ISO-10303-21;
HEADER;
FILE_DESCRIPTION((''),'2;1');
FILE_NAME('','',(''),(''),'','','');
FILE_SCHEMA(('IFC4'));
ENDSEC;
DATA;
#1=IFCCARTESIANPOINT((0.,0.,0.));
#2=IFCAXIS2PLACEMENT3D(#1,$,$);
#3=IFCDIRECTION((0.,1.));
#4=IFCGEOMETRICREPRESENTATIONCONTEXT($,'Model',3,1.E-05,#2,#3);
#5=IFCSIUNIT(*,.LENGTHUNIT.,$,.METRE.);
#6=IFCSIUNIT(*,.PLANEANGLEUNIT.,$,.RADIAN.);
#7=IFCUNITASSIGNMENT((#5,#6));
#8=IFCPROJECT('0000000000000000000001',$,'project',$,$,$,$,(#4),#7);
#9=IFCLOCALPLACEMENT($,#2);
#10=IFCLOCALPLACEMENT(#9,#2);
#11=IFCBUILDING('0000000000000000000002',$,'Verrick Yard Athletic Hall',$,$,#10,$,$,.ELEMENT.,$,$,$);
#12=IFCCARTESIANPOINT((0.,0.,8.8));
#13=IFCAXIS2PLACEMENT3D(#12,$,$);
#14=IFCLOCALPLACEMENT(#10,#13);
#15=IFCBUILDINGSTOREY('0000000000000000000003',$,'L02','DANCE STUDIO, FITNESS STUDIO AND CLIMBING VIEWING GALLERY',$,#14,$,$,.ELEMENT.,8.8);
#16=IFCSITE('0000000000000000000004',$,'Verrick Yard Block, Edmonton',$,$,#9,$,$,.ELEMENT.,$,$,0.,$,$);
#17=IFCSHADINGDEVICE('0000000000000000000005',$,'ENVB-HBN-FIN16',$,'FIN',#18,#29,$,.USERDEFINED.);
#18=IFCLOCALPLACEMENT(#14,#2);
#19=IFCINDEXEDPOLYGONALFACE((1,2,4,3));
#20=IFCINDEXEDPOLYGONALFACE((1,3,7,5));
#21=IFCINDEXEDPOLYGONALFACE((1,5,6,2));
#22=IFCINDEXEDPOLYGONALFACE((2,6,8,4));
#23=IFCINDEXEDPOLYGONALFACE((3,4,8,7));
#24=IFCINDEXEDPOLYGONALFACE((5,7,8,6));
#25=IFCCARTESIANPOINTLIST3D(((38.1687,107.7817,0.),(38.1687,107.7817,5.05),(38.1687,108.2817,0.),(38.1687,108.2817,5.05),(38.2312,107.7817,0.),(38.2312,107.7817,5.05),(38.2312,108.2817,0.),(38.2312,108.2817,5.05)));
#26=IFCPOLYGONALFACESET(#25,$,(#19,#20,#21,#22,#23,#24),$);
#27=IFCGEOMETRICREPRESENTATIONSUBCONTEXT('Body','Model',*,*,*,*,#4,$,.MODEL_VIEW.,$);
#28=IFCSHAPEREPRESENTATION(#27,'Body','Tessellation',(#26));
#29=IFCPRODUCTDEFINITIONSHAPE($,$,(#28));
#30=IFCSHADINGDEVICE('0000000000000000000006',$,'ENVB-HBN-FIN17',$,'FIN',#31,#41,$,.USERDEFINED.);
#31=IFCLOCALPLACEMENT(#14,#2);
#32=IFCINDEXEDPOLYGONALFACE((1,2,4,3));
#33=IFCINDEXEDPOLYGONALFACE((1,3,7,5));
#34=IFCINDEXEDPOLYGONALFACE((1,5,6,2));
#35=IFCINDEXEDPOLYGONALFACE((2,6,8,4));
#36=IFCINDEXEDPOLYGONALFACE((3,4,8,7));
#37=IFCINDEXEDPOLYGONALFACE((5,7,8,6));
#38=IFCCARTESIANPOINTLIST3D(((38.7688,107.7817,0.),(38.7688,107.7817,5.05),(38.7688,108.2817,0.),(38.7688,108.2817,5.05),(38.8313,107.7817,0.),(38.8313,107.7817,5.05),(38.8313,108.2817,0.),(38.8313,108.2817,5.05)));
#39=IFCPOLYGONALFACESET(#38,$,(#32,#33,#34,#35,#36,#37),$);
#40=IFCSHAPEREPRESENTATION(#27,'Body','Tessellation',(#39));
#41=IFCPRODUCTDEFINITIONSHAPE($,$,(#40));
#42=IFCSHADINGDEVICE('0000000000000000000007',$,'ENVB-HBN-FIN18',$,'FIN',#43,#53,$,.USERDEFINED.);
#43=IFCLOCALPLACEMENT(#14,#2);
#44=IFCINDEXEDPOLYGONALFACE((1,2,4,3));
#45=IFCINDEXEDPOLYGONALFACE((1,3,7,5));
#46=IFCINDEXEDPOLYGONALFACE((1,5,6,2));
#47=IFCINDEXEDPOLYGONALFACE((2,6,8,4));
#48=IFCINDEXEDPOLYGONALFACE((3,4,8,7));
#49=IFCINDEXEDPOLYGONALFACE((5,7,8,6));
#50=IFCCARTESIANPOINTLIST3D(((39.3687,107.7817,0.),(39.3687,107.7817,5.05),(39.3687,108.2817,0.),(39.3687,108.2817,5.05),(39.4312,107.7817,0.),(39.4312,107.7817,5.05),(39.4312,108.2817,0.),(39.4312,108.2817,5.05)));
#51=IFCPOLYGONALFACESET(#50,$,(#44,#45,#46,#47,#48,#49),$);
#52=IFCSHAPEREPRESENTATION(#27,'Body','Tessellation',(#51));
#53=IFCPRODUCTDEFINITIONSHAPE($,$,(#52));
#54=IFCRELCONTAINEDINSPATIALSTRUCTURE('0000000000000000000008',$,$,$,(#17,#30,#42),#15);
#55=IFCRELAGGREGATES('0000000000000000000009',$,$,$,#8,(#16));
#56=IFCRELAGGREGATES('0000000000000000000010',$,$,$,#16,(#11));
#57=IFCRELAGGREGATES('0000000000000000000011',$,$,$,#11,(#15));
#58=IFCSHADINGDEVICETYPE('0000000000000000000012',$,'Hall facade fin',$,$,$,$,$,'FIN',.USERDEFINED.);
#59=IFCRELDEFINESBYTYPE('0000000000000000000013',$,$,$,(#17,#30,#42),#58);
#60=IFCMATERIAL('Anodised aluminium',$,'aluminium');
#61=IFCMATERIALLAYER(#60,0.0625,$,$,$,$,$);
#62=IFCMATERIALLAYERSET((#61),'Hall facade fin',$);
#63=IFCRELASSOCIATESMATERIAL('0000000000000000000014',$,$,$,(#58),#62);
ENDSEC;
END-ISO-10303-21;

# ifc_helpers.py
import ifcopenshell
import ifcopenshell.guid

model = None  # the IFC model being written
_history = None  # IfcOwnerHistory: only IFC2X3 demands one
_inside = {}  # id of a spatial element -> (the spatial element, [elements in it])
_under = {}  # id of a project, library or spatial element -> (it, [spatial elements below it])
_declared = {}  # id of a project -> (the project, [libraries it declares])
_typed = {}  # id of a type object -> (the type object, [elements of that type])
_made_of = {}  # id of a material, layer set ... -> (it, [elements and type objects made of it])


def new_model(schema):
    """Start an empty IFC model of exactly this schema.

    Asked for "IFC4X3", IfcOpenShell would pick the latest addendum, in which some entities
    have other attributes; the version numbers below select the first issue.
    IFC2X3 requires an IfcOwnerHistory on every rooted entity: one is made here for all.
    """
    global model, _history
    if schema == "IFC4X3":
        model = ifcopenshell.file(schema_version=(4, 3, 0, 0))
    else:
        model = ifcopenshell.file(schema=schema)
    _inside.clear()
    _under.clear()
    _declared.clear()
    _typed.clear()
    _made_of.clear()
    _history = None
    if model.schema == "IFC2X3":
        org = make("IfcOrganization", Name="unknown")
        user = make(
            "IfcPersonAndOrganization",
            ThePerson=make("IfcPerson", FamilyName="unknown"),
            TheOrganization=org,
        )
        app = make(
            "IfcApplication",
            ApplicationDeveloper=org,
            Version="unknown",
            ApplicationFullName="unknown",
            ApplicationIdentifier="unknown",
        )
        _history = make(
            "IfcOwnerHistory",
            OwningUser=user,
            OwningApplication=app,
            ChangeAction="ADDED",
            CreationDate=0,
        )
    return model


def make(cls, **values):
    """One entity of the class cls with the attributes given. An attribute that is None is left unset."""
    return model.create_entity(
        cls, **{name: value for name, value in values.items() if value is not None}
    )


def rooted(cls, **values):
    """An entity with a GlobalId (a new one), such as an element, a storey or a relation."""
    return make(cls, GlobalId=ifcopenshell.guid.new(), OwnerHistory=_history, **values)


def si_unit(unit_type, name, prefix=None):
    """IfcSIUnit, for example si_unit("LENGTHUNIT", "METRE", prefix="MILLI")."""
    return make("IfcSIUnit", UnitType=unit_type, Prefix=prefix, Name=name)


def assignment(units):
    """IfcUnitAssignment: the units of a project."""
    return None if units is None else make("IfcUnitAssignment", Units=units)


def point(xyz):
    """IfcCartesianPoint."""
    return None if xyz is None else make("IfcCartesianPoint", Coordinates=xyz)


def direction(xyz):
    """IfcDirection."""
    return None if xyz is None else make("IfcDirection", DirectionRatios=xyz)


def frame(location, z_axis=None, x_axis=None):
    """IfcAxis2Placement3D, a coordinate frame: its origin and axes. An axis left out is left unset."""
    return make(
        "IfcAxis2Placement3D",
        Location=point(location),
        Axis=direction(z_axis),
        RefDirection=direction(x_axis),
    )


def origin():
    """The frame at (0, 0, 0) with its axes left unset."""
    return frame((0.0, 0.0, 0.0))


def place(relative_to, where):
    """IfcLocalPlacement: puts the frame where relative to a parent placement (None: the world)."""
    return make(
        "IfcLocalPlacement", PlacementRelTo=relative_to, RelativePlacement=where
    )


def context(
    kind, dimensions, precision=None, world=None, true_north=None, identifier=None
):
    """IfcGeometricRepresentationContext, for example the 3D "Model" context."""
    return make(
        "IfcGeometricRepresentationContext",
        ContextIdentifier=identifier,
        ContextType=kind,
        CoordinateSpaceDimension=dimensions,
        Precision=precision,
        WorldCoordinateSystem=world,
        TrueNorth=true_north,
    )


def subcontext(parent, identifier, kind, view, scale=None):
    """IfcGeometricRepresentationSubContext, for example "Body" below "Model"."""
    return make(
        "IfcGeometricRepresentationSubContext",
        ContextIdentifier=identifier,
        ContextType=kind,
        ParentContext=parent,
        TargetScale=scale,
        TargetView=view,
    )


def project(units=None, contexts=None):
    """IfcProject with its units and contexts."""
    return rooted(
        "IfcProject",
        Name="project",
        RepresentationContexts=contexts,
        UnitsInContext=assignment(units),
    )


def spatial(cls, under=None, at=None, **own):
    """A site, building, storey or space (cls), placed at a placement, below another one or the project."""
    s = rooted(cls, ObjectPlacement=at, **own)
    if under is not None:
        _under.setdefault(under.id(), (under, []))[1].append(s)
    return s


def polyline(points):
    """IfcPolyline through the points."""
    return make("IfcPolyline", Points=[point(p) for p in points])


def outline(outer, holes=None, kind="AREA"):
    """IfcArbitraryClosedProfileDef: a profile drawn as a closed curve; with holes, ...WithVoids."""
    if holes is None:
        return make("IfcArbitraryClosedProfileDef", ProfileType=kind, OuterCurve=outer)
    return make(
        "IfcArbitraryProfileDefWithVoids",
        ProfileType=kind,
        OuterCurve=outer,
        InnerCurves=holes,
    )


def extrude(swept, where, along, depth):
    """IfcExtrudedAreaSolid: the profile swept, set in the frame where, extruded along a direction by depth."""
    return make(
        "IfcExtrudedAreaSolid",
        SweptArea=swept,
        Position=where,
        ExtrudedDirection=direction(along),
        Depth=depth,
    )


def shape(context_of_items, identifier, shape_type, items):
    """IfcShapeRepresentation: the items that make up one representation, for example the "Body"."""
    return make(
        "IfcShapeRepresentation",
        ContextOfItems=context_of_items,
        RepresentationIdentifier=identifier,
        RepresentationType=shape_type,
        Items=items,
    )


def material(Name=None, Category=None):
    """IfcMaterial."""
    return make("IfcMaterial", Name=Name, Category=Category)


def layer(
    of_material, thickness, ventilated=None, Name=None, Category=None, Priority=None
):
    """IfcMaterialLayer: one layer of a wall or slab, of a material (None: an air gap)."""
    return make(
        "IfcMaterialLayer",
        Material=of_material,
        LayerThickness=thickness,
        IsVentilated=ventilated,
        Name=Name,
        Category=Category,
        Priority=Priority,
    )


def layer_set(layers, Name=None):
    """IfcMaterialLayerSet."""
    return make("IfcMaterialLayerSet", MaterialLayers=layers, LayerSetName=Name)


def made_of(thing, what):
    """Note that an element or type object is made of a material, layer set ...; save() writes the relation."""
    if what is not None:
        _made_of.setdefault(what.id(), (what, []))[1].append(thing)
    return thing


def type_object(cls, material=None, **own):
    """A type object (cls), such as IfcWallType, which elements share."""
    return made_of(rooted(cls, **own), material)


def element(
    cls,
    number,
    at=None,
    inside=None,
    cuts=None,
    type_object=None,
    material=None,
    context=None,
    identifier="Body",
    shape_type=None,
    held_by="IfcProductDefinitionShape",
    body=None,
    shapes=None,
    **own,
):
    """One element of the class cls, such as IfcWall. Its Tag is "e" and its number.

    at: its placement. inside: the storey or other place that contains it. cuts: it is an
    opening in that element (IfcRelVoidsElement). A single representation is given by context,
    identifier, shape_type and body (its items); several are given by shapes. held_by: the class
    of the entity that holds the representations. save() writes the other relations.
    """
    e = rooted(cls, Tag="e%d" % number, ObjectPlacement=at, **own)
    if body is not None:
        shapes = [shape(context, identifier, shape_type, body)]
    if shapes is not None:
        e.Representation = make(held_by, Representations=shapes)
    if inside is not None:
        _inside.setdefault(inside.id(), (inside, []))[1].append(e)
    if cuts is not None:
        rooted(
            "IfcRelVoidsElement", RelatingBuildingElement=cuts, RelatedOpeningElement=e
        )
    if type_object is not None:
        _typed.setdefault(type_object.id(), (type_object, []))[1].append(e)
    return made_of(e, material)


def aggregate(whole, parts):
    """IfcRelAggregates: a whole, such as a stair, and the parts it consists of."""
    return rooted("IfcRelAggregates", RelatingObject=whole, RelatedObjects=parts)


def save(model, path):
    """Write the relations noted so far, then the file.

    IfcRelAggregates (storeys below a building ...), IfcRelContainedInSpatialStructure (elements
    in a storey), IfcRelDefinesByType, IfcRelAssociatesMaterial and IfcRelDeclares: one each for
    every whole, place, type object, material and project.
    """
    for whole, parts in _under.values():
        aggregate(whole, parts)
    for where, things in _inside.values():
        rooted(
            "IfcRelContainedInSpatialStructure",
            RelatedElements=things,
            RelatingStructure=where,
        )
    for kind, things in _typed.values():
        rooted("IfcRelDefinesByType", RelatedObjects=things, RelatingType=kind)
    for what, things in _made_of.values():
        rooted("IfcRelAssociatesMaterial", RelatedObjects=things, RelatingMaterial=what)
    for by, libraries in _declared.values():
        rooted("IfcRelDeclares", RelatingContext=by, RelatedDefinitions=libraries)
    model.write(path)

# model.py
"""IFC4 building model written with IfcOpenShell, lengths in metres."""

from ifc_helpers import new_model, si_unit, direction, frame, origin, place, context, subcontext, project, spatial, polyline, outline, extrude, material, layer, layer_set, type_object, element, save


model = new_model("IFC4")

# Units and contexts
model_context = context("Model", 3, precision=1e-05, world=origin(), true_north=direction((0.0, 1.0)))
body_context = subcontext(model_context, "Body", "Model", "MODEL_VIEW")
ifc_project = project(units=[si_unit("LENGTHUNIT", "METRE"), si_unit("PLANEANGLEUNIT", "RADIAN")], contexts=[model_context])

# Site, building, storey
site_placement = place(None, origin())
site = spatial("IfcSite", under=ifc_project, at=site_placement, Name="Verrick Yard Block, Edmonton", CompositionType="ELEMENT", RefElevation=0.0)
building_placement = place(site_placement, origin())
building = spatial("IfcBuilding", under=site, at=building_placement, Name="Verrick Yard Athletic Hall", CompositionType="ELEMENT")
storey_placement = place(building_placement, frame((0.0, 0.0, 8.8)))
storey = spatial("IfcBuildingStorey", under=building, at=storey_placement, Name="L02", Description="DANCE STUDIO, FITNESS STUDIO AND CLIMBING VIEWING GALLERY", CompositionType="ELEMENT", Elevation=8.8)

# Shared definitions
ifc_material_1 = material(Name="Anodised aluminium", Category="aluminium")

# Shading devices
ifc_layer_1 = layer(ifc_material_1, 0.0625)
ifc_layer_set_1 = layer_set([ifc_layer_1], Name="Hall facade fin")
shading_device_type = type_object("IfcShadingDeviceType", Name="Hall facade fin", ElementType="FIN", PredefinedType="USERDEFINED", material=ifc_layer_set_1)
for number, where, z_axis, x_axis, name in (
    (1, (38.2, 107.7817, 0.0), (0.0, 0.0, 1.0), (0.0, 1.0, 0.0), "ENVB-HBN-FIN16"),
    (2, (38.8, 107.7817, 0.0), (0.0, 0.0, 1.0), (0.0, 1.0, 0.0), "ENVB-HBN-FIN17"),
    (3, (39.3999, 107.7817, 0.0), (0.0, 0.0, 1.0), (0.0, 1.0, 0.0), "ENVB-HBN-FIN18"),
):
    element("IfcShadingDevice", number, at=place(storey_placement, frame(where, z_axis=z_axis, x_axis=x_axis)), inside=storey, type_object=shading_device_type, Name=name, ObjectType="FIN", PredefinedType="USERDEFINED", context=body_context, shape_type="SweptSolid", body=[
        extrude(outline(polyline([(0.0, 0.0), (0.5, 0.0), (0.5, 5.05), (0.0, 5.05), (0.0, 0.0)])), frame((0.0, 0.0312, 0.0), z_axis=(0.0, -1.0, 0.0), x_axis=(1.0, 0.0, 0.0)), (0.0, 0.0, 1.0), 0.0625),
    ])

save(model, "model.ifc")
